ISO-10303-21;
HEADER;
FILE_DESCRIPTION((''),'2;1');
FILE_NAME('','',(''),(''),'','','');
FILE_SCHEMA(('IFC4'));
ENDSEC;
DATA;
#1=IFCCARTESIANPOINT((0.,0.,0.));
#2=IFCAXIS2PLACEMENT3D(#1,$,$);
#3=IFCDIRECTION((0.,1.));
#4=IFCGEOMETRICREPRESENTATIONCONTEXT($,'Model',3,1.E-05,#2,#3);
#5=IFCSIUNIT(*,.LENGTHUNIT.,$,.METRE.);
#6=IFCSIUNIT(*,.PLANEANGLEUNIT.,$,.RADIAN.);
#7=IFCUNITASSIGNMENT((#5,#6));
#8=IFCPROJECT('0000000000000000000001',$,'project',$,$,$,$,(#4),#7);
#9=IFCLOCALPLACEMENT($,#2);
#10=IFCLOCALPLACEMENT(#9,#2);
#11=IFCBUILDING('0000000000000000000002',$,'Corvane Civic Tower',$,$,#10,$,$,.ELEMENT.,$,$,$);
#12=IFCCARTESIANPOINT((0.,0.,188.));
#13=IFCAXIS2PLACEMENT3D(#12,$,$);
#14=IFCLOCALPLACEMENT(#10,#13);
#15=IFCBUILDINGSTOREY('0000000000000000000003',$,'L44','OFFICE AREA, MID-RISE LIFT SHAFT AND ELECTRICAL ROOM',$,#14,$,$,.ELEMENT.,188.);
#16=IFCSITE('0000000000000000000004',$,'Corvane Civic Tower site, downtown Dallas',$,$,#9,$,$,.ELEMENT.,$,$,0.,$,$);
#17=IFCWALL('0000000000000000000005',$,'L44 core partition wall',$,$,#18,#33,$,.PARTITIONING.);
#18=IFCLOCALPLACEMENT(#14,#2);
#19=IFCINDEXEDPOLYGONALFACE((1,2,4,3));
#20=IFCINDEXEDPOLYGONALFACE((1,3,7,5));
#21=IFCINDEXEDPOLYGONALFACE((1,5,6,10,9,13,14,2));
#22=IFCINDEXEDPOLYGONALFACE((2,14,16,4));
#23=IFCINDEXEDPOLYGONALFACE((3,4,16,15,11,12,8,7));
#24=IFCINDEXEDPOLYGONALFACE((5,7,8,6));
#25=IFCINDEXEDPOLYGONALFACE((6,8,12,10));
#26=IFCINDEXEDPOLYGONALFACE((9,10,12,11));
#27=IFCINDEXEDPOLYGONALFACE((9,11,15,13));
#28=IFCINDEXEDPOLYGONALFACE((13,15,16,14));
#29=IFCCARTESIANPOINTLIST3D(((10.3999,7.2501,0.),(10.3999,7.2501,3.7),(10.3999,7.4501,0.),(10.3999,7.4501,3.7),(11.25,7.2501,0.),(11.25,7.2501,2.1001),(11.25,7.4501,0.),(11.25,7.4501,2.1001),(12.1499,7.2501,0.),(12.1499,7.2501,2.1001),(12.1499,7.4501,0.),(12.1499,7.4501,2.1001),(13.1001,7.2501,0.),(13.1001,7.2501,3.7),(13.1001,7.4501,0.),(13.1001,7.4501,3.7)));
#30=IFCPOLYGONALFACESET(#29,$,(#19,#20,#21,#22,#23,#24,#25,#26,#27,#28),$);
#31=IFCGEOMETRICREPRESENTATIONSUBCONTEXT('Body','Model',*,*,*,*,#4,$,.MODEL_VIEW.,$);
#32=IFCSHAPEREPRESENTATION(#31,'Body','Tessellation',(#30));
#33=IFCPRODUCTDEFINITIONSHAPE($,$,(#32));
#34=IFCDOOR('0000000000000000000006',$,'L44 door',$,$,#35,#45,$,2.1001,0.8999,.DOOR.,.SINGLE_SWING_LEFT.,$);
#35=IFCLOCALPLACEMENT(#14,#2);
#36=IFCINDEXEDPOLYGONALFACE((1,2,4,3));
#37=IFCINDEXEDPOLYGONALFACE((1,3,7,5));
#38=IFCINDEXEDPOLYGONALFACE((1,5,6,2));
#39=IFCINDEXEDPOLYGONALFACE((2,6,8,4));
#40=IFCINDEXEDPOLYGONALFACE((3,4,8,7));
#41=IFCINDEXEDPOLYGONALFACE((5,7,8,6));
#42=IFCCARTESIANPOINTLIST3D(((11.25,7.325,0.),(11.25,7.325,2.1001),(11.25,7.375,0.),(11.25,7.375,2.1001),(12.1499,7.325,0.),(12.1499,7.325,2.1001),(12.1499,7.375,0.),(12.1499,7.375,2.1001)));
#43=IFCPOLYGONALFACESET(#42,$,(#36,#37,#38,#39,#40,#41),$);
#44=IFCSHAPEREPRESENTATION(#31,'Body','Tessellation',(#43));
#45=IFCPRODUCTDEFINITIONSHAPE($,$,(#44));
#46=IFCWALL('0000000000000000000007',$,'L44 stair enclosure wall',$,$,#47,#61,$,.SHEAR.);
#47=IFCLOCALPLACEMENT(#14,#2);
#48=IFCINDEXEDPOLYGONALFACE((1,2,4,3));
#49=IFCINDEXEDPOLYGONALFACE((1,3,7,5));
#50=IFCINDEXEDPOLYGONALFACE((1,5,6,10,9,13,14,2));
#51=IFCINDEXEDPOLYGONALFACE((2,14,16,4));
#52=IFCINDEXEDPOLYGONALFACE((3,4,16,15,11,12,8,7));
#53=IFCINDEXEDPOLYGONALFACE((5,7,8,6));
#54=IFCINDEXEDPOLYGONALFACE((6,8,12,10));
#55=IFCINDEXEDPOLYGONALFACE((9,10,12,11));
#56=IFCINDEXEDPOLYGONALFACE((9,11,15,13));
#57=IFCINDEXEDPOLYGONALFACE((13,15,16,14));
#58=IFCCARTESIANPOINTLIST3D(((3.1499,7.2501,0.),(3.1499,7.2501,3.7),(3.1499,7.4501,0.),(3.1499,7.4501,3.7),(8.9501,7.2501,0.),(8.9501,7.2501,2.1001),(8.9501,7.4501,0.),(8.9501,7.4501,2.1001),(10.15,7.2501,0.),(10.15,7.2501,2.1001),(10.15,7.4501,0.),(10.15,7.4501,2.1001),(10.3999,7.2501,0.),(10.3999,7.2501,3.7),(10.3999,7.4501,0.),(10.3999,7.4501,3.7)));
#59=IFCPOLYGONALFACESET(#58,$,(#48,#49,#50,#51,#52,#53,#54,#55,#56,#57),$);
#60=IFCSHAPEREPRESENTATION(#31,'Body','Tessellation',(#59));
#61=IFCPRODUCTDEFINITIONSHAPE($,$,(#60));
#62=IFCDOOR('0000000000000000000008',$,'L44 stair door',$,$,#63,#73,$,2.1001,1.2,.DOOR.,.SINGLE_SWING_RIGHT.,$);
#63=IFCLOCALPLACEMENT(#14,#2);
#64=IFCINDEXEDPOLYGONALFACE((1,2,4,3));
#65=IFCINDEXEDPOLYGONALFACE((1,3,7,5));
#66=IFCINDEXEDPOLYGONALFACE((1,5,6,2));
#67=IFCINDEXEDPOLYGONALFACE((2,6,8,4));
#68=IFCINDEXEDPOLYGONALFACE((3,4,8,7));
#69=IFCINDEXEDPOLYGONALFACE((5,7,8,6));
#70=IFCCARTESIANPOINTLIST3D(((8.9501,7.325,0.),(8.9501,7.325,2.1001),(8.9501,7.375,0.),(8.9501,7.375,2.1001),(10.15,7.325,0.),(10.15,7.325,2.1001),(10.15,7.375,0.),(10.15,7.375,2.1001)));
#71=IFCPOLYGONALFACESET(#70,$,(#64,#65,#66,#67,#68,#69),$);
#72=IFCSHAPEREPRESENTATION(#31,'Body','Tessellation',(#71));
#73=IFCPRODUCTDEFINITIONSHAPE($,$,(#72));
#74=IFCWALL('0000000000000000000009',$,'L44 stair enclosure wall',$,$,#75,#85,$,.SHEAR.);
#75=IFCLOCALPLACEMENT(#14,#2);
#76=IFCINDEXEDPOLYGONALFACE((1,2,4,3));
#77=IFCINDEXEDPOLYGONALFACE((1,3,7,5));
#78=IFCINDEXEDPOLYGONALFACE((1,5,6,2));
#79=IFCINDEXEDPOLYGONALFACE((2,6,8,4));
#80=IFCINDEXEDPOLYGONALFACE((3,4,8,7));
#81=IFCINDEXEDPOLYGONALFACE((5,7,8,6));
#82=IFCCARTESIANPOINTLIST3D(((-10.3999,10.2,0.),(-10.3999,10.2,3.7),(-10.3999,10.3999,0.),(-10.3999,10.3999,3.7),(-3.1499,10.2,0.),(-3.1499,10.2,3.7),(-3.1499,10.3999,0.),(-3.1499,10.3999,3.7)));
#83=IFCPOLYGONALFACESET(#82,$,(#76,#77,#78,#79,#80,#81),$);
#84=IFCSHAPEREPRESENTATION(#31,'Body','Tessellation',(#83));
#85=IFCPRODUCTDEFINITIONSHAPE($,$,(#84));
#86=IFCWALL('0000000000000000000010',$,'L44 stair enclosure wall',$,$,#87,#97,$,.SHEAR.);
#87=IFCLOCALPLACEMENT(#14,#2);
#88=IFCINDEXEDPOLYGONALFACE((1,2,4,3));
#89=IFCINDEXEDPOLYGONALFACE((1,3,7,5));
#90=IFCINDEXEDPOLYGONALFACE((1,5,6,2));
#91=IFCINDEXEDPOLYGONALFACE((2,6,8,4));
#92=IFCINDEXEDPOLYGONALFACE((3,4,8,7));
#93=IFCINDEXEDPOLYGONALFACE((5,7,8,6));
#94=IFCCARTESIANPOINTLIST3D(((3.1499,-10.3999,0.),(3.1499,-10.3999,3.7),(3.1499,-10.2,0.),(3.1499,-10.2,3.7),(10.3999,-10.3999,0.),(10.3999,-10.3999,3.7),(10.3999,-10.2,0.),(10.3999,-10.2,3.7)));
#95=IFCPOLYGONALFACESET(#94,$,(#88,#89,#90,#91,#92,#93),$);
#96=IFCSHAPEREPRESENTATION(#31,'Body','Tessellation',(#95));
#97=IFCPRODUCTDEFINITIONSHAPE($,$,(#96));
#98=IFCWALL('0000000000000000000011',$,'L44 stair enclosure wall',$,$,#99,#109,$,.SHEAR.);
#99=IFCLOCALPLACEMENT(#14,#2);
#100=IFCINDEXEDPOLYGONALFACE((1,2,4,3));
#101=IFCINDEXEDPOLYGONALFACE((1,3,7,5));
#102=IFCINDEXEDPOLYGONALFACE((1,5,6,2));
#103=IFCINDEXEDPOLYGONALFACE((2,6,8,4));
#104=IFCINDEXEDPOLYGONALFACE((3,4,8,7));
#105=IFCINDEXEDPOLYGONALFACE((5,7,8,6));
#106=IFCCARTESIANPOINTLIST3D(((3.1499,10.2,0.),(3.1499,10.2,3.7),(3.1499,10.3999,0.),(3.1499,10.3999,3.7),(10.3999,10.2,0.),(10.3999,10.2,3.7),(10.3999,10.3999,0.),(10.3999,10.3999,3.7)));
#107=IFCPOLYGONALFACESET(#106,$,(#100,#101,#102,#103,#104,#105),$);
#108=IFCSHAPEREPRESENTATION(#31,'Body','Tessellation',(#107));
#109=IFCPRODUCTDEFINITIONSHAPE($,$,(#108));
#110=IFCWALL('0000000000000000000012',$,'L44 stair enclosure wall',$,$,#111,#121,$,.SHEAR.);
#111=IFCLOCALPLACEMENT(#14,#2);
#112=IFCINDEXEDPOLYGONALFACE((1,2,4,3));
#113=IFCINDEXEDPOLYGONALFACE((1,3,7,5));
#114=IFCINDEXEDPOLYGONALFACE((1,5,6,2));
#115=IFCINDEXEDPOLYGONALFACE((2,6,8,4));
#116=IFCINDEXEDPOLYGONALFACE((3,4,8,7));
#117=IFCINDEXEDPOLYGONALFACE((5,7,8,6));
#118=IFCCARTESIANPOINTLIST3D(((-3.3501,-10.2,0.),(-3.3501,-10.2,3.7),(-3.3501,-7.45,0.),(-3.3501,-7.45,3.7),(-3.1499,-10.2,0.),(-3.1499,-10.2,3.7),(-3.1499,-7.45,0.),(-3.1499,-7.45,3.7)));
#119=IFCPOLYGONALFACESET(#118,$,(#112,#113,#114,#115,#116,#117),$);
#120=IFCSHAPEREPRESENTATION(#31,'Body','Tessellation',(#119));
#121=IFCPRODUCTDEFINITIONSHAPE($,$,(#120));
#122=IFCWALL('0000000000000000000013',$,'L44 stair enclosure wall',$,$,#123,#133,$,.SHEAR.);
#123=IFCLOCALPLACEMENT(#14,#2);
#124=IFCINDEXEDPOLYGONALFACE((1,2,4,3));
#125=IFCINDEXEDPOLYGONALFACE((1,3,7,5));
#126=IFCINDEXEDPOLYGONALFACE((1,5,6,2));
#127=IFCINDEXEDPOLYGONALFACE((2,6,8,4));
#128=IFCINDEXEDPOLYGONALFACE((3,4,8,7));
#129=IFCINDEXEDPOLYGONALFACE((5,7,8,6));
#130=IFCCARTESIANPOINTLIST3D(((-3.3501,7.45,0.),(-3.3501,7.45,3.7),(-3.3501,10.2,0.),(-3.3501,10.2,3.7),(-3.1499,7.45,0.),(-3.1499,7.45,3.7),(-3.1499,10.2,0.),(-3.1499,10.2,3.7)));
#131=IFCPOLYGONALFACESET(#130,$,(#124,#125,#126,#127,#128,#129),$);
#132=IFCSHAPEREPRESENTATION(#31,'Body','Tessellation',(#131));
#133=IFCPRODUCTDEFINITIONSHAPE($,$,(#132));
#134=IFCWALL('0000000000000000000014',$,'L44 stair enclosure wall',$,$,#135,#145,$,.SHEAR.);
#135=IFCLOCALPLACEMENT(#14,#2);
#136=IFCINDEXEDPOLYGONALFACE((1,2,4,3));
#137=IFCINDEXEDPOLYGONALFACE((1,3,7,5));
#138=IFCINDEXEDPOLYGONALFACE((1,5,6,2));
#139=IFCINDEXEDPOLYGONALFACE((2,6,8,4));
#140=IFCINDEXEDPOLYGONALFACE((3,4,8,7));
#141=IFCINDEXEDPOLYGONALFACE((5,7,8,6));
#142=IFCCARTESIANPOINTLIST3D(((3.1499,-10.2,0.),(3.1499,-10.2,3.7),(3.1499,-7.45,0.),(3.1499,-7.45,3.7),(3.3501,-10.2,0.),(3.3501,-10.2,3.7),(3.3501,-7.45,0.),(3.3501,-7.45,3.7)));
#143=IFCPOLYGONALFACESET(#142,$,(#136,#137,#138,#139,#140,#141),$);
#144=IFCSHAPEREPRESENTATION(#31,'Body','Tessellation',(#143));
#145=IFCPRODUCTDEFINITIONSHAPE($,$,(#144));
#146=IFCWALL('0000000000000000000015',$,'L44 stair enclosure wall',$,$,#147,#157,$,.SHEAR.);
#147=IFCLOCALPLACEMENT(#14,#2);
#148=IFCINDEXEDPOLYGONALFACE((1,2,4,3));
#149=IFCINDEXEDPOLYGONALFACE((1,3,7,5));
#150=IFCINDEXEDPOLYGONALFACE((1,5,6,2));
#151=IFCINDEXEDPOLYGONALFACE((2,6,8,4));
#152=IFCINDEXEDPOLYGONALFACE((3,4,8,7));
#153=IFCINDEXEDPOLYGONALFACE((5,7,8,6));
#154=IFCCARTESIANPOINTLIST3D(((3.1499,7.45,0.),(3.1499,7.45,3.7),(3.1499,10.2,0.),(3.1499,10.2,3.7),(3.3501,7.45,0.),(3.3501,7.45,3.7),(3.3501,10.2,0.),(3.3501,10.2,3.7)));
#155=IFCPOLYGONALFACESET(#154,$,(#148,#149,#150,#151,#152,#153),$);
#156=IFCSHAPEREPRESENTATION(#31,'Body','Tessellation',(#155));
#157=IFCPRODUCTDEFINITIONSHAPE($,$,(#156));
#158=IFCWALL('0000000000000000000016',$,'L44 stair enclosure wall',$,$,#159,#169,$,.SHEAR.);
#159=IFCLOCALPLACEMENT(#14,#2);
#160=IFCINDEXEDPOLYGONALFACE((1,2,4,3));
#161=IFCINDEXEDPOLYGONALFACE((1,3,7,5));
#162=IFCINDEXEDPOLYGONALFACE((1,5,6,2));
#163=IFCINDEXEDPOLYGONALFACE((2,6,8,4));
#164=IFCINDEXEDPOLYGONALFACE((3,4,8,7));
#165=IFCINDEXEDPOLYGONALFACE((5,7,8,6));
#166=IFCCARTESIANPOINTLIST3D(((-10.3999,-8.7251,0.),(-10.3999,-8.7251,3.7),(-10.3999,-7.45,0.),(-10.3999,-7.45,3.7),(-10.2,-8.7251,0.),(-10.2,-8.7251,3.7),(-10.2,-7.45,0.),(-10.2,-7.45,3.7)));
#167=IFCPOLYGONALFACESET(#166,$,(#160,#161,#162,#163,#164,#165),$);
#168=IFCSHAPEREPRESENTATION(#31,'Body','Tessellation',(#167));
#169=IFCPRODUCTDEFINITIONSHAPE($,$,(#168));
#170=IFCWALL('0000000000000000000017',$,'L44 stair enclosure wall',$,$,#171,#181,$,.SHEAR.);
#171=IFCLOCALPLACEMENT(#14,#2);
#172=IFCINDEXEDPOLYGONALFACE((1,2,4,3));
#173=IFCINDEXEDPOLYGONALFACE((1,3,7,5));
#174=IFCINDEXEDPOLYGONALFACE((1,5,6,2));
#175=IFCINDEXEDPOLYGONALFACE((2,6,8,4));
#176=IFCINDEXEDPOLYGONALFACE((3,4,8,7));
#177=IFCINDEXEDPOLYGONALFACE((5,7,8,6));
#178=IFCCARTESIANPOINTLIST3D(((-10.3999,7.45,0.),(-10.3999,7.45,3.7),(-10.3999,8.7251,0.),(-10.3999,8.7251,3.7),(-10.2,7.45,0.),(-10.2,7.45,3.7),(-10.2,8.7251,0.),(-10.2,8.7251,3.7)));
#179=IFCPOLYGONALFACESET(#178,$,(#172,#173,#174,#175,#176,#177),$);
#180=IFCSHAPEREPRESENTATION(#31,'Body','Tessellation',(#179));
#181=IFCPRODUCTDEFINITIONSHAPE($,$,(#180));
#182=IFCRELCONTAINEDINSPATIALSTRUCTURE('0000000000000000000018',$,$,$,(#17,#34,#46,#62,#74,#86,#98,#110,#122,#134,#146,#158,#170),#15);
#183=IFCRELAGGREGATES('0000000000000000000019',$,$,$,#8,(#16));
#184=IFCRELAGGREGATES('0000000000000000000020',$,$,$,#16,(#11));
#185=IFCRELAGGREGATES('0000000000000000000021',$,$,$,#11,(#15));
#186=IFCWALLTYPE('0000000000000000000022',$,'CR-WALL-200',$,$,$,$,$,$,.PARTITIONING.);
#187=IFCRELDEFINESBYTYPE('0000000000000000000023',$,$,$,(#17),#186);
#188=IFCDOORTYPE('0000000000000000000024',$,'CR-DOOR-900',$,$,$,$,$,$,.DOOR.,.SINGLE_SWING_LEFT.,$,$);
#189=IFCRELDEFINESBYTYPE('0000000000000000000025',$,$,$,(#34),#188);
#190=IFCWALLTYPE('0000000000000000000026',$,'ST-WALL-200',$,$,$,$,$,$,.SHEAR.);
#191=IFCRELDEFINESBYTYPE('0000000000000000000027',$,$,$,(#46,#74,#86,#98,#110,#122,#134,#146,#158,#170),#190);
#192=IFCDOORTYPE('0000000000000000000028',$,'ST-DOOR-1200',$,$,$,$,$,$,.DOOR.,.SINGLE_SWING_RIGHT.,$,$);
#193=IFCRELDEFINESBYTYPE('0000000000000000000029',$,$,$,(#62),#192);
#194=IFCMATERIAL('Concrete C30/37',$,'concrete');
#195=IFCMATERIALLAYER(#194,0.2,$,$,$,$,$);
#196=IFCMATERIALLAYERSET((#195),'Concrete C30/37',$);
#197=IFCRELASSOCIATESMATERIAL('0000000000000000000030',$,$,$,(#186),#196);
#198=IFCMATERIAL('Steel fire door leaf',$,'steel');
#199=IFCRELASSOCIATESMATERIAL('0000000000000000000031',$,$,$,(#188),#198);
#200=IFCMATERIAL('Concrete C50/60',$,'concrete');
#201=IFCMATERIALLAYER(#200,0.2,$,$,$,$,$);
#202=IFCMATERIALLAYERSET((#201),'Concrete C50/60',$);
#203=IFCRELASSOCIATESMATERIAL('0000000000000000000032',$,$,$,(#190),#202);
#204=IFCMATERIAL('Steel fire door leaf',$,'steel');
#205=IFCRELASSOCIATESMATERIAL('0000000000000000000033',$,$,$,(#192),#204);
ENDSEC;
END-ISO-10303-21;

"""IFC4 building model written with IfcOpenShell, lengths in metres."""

from ifc_helpers import new_model, si_unit, direction, frame, frame_2d, origin, place, context, subcontext, project, spatial, polyline, rectangle, outline, extrude, material, layer, layer_set, type_object, element, fill, save


model = new_model("IFC4")

# Units and contexts
model_context = context("Model", 3, precision=1e-05, world=origin(), true_north=direction((0.0, 1.0)))
body_context = subcontext(model_context, "Body", "Model", "MODEL_VIEW")
ifc_project = project(units=[si_unit("LENGTHUNIT", "METRE"), si_unit("PLANEANGLEUNIT", "RADIAN")], contexts=[model_context])

# Site, building, storey
site_placement = place(None, origin())
site = spatial("IfcSite", under=ifc_project, at=site_placement, Name="Corvane Civic Tower site, downtown Dallas", CompositionType="ELEMENT", RefElevation=0.0)
building_placement = place(site_placement, origin())
building = spatial("IfcBuilding", under=site, at=building_placement, Name="Corvane Civic Tower", CompositionType="ELEMENT")
storey_placement = place(building_placement, frame((0.0, 0.0, 188.0)))
storey = spatial("IfcBuildingStorey", under=building, at=storey_placement, Name="L44", Description="OFFICE AREA, MID-RISE LIFT SHAFT AND ELECTRICAL ROOM", CompositionType="ELEMENT", Elevation=188.0)

# Walls, openings, doors
ifc_material_1 = material(Name="Concrete C30/37", Category="concrete")
ifc_layer_1 = layer(ifc_material_1, 0.2)
ifc_layer_set_1 = layer_set([ifc_layer_1], Name="Concrete C30/37")
wall_type_1 = type_object("IfcWallType", Name="CR-WALL-200", PredefinedType="PARTITIONING", material=ifc_layer_set_1)
wall_1_placement = place(storey_placement, frame((10.3999, 7.3501, 0.0), z_axis=(0.0, 0.0, 1.0), x_axis=(1.0, 0.0, 0.0)))
wall_1 = element("IfcWall", 1, at=wall_1_placement, inside=storey, type_object=wall_type_1, Name="L44 core partition wall", PredefinedType="PARTITIONING", context=body_context, shape_type="SweptSolid", body=[
    extrude(rectangle(XDim=2.7002, YDim=0.2, at=frame_2d((1.3501, 0.0))), origin(), (0.0, 0.0, 1.0), 3.7),
])
opening_1_placement = place(wall_1_placement, frame((0.8501, 0.0, 0.0)))
opening_1 = element("IfcOpeningElement", 2, at=opening_1_placement, cuts=wall_1, PredefinedType="OPENING", context=body_context, shape_type="SweptSolid", body=[
    extrude(rectangle(XDim=0.8999, YDim=2.1001, at=frame_2d((0.45, 1.05))), frame((0.0, 0.1099, 0.0), z_axis=(0.0, -1.0, 0.0), x_axis=(1.0, 0.0, 0.0)), (0.0, 0.0, 1.0), 0.22),
])
ifc_material_2 = material(Name="Steel fire door leaf", Category="steel")
door_type_1 = type_object("IfcDoorType", Name="CR-DOOR-900", OperationType="SINGLE_SWING_LEFT", PredefinedType="DOOR", material=ifc_material_2)
door_1_placement = place(opening_1_placement, origin())
door_1 = element("IfcDoor", 3, at=door_1_placement, inside=storey, type_object=door_type_1, Name="L44 door", OperationType="SINGLE_SWING_LEFT", OverallHeight=2.1001, OverallWidth=0.8999, PredefinedType="DOOR", context=body_context, shape_type="SweptSolid", body=[
    extrude(rectangle(XDim=0.8999, YDim=2.1001, at=frame_2d((0.45, 1.05))), frame((0.0, 0.0249, 0.0), z_axis=(0.0, -1.0, 0.0), x_axis=(1.0, 0.0, 0.0)), (0.0, 0.0, 1.0), 0.05),
])
fill(opening_1, door_1)
ifc_material_3 = material(Name="Concrete C50/60", Category="concrete")
ifc_layer_2 = layer(ifc_material_3, 0.2)
ifc_layer_set_2 = layer_set([ifc_layer_2], Name="Concrete C50/60")
wall_type_2 = type_object("IfcWallType", Name="ST-WALL-200", PredefinedType="SHEAR", material=ifc_layer_set_2)
wall_2_placement = place(storey_placement, frame((3.1499, 7.3501, 0.0), z_axis=(0.0, 0.0, 1.0), x_axis=(1.0, 0.0, 0.0)))
wall_2 = element("IfcWall", 4, at=wall_2_placement, inside=storey, type_object=wall_type_2, Name="L44 stair enclosure wall", PredefinedType="SHEAR", context=body_context, shape_type="SweptSolid", body=[
    extrude(rectangle(XDim=7.25, YDim=0.2, at=frame_2d((3.625, 0.0))), origin(), (0.0, 0.0, 1.0), 3.7),
])
opening_2_placement = place(wall_2_placement, frame((5.8, 0.0, 0.0)))
opening_2 = element("IfcOpeningElement", 5, at=opening_2_placement, cuts=wall_2, PredefinedType="OPENING", context=body_context, shape_type="SweptSolid", body=[
    extrude(rectangle(XDim=1.2, YDim=2.1001, at=frame_2d((0.6001, 1.05))), frame((0.0, 0.1099, 0.0), z_axis=(0.0, -1.0, 0.0), x_axis=(1.0, 0.0, 0.0)), (0.0, 0.0, 1.0), 0.22),
])
ifc_material_4 = material(Name="Steel fire door leaf", Category="steel")
door_type_2 = type_object("IfcDoorType", Name="ST-DOOR-1200", OperationType="SINGLE_SWING_RIGHT", PredefinedType="DOOR", material=ifc_material_4)
door_2_placement = place(opening_2_placement, origin())
door_2 = element("IfcDoor", 6, at=door_2_placement, inside=storey, type_object=door_type_2, Name="L44 stair door", OperationType="SINGLE_SWING_RIGHT", OverallHeight=2.1001, OverallWidth=1.2, PredefinedType="DOOR", context=body_context, shape_type="SweptSolid", body=[
    extrude(rectangle(XDim=1.2, YDim=2.1001, at=frame_2d((0.6001, 1.05))), frame((0.0, 0.0249, 0.0), z_axis=(0.0, -1.0, 0.0), x_axis=(1.0, 0.0, 0.0)), (0.0, 0.0, 1.0), 0.05),
])
fill(opening_2, door_2)

# Walls
wall_3_placement = place(storey_placement, origin())
element("IfcWall", 7, at=wall_3_placement, inside=storey, type_object=wall_type_2, Name="L44 stair enclosure wall", PredefinedType="SHEAR", context=body_context, shape_type="SweptSolid", body=[
    extrude(outline(polyline([(-3.1499, 10.2), (-10.3999, 10.2), (-10.3999, 10.3999), (-3.1499, 10.3999), (-3.1499, 10.2)])), origin(), (0.0, 0.0, 1.0), 3.7),
])
wall_4_placement = place(storey_placement, origin())
element("IfcWall", 8, at=wall_4_placement, inside=storey, type_object=wall_type_2, Name="L44 stair enclosure wall", PredefinedType="SHEAR", context=body_context, shape_type="SweptSolid", body=[
    extrude(outline(polyline([(10.3999, -10.3999), (3.1499, -10.3999), (3.1499, -10.2), (10.3999, -10.2), (10.3999, -10.3999)])), origin(), (0.0, 0.0, 1.0), 3.7),
])
wall_5_placement = place(storey_placement, origin())
element("IfcWall", 9, at=wall_5_placement, inside=storey, type_object=wall_type_2, Name="L44 stair enclosure wall", PredefinedType="SHEAR", context=body_context, shape_type="SweptSolid", body=[
    extrude(outline(polyline([(10.3999, 10.2), (3.1499, 10.2), (3.1499, 10.3999), (10.3999, 10.3999), (10.3999, 10.2)])), origin(), (0.0, 0.0, 1.0), 3.7),
])
wall_6_placement = place(storey_placement, origin())
element("IfcWall", 10, at=wall_6_placement, inside=storey, type_object=wall_type_2, Name="L44 stair enclosure wall", PredefinedType="SHEAR", context=body_context, shape_type="SweptSolid", body=[
    extrude(outline(polyline([(-3.1499, -7.45), (-3.1499, -10.2), (-3.3501, -10.2), (-3.3501, -7.45), (-3.1499, -7.45)])), origin(), (0.0, 0.0, 1.0), 3.7),
])
wall_7_placement = place(storey_placement, origin())
element("IfcWall", 11, at=wall_7_placement, inside=storey, type_object=wall_type_2, Name="L44 stair enclosure wall", PredefinedType="SHEAR", context=body_context, shape_type="SweptSolid", body=[
    extrude(outline(polyline([(-3.1499, 7.45), (-3.3501, 7.45), (-3.3501, 10.2), (-3.1499, 10.2), (-3.1499, 7.45)])), origin(), (0.0, 0.0, 1.0), 3.7),
])
wall_8_placement = place(storey_placement, origin())
element("IfcWall", 12, at=wall_8_placement, inside=storey, type_object=wall_type_2, Name="L44 stair enclosure wall", PredefinedType="SHEAR", context=body_context, shape_type="SweptSolid", body=[
    extrude(outline(polyline([(3.3501, -7.45), (3.3501, -10.2), (3.1499, -10.2), (3.1499, -7.45), (3.3501, -7.45)])), origin(), (0.0, 0.0, 1.0), 3.7),
])
wall_9_placement = place(storey_placement, origin())
element("IfcWall", 13, at=wall_9_placement, inside=storey, type_object=wall_type_2, Name="L44 stair enclosure wall", PredefinedType="SHEAR", context=body_context, shape_type="SweptSolid", body=[
    extrude(outline(polyline([(3.3501, 7.45), (3.1499, 7.45), (3.1499, 10.2), (3.3501, 10.2), (3.3501, 7.45)])), origin(), (0.0, 0.0, 1.0), 3.7),
])
wall_10_placement = place(storey_placement, origin())
element("IfcWall", 14, at=wall_10_placement, inside=storey, type_object=wall_type_2, Name="L44 stair enclosure wall", PredefinedType="SHEAR", context=body_context, shape_type="SweptSolid", body=[
    extrude(outline(polyline([(-10.2, -7.45), (-10.2, -8.7251), (-10.3999, -8.7251), (-10.3999, -7.45), (-10.2, -7.45)])), origin(), (0.0, 0.0, 1.0), 3.7),
])
wall_11_placement = place(storey_placement, origin())
element("IfcWall", 15, at=wall_11_placement, inside=storey, type_object=wall_type_2, Name="L44 stair enclosure wall", PredefinedType="SHEAR", context=body_context, shape_type="SweptSolid", body=[
    extrude(outline(polyline([(-10.2, 8.7251), (-10.2, 7.45), (-10.3999, 7.45), (-10.3999, 8.7251), (-10.2, 8.7251)])), origin(), (0.0, 0.0, 1.0), 3.7),
])

save(model, "model.ifc")
